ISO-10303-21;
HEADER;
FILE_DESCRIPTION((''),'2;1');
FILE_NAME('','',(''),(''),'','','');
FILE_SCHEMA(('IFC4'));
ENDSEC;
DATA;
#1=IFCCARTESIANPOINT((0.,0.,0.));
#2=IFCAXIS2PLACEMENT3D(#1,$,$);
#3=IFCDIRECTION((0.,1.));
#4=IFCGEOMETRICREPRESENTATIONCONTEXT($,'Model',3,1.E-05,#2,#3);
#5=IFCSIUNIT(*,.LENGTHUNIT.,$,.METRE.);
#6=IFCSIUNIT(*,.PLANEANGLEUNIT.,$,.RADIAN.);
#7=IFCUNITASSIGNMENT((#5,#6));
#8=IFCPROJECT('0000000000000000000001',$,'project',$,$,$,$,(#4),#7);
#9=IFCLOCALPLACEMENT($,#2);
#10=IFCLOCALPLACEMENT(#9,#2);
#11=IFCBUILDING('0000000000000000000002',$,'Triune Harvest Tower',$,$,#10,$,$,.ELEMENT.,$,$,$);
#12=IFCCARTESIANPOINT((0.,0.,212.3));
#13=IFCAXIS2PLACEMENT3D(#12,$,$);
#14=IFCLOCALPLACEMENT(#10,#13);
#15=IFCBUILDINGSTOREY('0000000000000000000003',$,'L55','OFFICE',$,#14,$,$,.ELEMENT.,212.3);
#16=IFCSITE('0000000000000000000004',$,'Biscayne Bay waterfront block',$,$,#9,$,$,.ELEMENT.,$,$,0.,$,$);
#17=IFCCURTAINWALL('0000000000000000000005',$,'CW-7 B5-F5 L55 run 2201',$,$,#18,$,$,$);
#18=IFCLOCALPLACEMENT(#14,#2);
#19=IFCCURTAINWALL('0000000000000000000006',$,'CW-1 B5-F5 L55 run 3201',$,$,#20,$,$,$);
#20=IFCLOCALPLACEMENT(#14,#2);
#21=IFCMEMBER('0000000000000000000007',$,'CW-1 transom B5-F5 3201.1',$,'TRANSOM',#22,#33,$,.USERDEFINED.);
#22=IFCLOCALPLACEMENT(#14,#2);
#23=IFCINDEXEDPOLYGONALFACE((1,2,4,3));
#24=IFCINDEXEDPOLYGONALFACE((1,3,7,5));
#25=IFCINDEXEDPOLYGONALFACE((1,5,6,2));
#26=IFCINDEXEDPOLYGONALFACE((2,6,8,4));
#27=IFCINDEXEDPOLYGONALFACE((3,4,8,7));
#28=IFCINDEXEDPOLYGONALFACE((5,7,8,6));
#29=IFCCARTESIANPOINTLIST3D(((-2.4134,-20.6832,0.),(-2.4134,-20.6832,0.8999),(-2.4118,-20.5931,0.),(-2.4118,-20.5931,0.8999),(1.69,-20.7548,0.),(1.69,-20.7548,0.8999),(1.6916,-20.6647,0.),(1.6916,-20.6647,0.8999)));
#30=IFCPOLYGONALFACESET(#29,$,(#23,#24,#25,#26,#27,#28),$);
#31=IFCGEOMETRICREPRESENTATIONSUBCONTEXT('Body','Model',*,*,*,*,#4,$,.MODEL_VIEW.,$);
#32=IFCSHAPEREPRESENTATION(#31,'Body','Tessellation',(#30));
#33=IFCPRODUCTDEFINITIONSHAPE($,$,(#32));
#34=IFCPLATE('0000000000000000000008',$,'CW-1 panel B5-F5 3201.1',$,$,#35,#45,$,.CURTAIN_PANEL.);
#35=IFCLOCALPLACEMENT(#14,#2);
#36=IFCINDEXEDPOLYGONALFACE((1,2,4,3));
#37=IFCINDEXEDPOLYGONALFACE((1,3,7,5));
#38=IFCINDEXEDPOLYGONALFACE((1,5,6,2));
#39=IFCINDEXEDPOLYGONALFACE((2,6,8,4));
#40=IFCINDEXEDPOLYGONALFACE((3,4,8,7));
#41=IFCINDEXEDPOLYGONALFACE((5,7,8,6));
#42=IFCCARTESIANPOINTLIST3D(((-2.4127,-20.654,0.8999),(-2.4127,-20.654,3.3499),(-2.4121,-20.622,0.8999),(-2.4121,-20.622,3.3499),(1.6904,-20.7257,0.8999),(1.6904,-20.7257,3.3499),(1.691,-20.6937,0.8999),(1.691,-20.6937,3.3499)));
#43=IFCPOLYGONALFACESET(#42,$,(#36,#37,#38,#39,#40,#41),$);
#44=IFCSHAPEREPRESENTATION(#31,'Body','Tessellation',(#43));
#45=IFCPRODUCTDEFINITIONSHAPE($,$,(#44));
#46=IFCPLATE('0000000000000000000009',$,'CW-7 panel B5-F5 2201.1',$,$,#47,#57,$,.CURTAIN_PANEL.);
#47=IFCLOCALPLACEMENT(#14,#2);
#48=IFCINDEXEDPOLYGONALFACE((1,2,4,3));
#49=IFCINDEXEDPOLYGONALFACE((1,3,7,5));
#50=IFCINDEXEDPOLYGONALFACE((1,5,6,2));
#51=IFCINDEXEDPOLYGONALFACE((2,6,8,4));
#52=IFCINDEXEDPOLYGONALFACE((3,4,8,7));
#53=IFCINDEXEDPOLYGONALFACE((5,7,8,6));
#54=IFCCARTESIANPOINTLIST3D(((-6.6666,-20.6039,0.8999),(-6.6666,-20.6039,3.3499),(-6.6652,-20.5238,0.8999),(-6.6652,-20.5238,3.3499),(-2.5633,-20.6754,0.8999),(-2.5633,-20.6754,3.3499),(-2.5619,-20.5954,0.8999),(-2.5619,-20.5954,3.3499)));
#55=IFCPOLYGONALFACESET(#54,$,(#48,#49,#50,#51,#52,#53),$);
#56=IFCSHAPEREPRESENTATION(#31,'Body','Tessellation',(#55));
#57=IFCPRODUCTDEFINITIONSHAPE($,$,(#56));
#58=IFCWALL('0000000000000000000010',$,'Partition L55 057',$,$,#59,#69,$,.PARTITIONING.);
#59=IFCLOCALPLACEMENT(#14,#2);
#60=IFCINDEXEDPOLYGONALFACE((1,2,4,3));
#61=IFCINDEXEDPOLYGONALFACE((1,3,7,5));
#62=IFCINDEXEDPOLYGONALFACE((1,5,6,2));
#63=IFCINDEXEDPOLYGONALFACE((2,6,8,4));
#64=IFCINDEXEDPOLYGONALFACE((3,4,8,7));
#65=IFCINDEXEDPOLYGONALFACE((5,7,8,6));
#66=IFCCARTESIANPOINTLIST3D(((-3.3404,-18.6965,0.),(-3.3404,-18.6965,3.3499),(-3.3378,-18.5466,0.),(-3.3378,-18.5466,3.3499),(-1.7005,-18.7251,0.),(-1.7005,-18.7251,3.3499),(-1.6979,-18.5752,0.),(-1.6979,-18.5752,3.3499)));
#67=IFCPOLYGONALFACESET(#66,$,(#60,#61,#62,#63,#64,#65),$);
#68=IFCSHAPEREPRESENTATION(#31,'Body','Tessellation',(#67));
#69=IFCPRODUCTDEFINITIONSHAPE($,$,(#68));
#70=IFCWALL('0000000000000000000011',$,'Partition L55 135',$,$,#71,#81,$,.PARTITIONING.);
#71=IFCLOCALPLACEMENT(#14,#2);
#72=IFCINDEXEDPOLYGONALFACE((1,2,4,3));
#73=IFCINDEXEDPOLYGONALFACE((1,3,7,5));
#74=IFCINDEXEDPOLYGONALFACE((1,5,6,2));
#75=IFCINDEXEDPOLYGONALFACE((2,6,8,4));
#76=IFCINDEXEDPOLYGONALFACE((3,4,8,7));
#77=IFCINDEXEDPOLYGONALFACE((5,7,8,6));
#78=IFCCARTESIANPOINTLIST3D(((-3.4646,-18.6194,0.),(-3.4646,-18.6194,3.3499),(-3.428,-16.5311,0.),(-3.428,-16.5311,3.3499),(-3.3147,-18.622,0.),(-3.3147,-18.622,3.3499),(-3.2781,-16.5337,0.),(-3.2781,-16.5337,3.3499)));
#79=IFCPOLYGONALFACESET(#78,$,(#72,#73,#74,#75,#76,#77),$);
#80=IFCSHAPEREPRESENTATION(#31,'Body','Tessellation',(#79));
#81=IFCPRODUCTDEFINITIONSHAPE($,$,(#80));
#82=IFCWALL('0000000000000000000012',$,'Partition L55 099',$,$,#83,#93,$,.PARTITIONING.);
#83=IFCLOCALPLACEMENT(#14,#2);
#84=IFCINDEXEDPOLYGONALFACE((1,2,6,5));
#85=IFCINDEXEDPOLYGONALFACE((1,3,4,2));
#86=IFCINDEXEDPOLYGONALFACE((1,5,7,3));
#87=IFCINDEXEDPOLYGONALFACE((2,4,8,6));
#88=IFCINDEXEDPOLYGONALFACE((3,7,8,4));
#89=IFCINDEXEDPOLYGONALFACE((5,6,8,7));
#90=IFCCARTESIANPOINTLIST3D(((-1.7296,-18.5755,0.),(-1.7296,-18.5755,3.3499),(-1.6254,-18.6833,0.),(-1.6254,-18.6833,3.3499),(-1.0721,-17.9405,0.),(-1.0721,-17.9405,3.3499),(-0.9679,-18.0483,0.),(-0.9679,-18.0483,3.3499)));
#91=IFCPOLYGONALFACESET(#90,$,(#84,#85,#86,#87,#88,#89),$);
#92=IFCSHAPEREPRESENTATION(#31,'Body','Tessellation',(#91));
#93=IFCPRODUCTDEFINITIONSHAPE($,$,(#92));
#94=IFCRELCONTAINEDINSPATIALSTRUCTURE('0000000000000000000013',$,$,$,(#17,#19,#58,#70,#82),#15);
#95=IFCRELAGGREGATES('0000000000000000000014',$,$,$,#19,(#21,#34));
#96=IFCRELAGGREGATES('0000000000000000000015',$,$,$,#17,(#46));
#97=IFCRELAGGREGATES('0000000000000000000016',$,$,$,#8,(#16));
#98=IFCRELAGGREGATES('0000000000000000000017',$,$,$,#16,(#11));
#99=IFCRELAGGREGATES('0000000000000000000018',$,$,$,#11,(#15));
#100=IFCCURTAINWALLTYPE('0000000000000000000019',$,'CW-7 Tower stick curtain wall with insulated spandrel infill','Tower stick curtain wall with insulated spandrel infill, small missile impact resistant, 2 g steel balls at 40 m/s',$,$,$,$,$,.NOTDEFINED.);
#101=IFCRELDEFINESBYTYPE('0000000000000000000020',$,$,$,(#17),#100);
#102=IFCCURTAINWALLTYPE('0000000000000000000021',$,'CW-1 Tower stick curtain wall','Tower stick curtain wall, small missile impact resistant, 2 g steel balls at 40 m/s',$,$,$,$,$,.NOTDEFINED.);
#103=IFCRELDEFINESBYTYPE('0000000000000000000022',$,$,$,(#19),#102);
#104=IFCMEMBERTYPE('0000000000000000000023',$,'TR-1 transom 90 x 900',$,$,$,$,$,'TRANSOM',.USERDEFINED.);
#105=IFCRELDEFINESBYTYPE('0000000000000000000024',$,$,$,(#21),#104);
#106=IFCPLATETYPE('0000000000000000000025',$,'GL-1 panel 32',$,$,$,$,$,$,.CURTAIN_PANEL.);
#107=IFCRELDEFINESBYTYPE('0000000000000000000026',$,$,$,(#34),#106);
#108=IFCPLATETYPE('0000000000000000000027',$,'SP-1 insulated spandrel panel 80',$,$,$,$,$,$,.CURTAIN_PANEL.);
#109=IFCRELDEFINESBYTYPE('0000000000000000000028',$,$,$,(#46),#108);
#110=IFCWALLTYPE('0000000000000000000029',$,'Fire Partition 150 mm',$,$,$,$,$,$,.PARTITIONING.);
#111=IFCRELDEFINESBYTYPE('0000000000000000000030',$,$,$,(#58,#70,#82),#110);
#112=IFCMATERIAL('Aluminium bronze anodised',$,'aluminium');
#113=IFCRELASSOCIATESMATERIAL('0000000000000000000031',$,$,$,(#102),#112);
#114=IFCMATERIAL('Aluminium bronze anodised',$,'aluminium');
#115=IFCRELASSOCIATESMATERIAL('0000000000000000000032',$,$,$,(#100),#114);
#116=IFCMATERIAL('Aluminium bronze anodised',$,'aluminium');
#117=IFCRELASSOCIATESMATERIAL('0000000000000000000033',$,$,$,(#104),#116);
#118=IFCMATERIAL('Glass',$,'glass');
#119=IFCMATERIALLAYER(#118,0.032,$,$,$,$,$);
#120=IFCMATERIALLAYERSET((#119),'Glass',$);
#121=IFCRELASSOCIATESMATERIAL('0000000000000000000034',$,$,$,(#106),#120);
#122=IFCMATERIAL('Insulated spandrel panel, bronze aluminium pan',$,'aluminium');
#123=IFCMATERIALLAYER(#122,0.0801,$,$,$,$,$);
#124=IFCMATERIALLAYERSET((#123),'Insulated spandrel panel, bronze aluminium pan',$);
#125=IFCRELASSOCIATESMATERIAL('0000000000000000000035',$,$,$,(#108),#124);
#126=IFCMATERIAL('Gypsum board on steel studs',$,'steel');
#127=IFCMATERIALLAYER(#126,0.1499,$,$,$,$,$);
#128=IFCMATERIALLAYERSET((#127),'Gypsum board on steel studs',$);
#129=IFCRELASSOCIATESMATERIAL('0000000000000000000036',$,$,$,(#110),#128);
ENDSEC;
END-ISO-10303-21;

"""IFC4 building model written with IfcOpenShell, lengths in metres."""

from ifc_helpers import new_model, si_unit, direction, frame, frame_2d, origin, origin_2d, place, context, subcontext, project, spatial, rectangle, extrude, source, transform, mapped, material, layer, layer_set, material_profile, profile_set, type_object, element, aggregate, save


model = new_model("IFC4")

# Units and contexts
model_context = context("Model", 3, precision=1e-05, world=origin(), true_north=direction((0.0, 1.0)))
body_context = subcontext(model_context, "Body", "Model", "MODEL_VIEW")
ifc_project = project(units=[si_unit("LENGTHUNIT", "METRE"), si_unit("PLANEANGLEUNIT", "RADIAN")], contexts=[model_context])

# Site, building, storey
site_placement = place(None, origin())
site = spatial("IfcSite", under=ifc_project, at=site_placement, Name="Biscayne Bay waterfront block", CompositionType="ELEMENT", RefElevation=0.0)
building_placement = place(site_placement, origin())
building = spatial("IfcBuilding", under=site, at=building_placement, Name="Triune Harvest Tower", CompositionType="ELEMENT")
storey_placement = place(building_placement, frame((0.0, 0.0, 212.3)))
storey = spatial("IfcBuildingStorey", under=building, at=storey_placement, Name="L55", Description="OFFICE", CompositionType="ELEMENT", Elevation=212.3)

# Shared definitions
ifc_material_1 = material(Name="Aluminium bronze anodised", Category="aluminium")
curtain_wall_type_1 = type_object("IfcCurtainWallType", Name="CW-1 Tower stick curtain wall", Description="Tower stick curtain wall, small missile impact resistant, 2 g steel balls at 40 m/s", PredefinedType="NOTDEFINED", material=ifc_material_1)

# Curtain wall
ifc_material_2 = material(Name="Aluminium bronze anodised", Category="aluminium")
curtain_wall_type_2 = type_object("IfcCurtainWallType", Name="CW-7 Tower stick curtain wall with insulated spandrel infill", Description="Tower stick curtain wall with insulated spandrel infill, small missile impact resistant, 2 g steel balls at 40 m/s", PredefinedType="NOTDEFINED", material=ifc_material_2)
curtain_wall_1_placement = place(storey_placement, origin())
curtain_wall_1 = element("IfcCurtainWall", 1, at=curtain_wall_1_placement, inside=storey, type_object=curtain_wall_type_2, Name="CW-7 B5-F5 L55 run 2201")

# Curtain wall
curtain_wall_2_placement = place(storey_placement, origin())
curtain_wall_2 = element("IfcCurtainWall", 2, at=curtain_wall_2_placement, inside=storey, type_object=curtain_wall_type_1, Name="CW-1 B5-F5 L55 run 3201")

# Member
ifc_material_3 = material(Name="Aluminium bronze anodised", Category="aluminium")
ifc_material_profile_1 = material_profile(ifc_material_3, rectangle(XDim=0.0901, YDim=0.8999, at=origin_2d()), Name="TR-1 transom 90 x 900")
ifc_profile_set_1 = profile_set([ifc_material_profile_1], Name="Aluminium bronze anodised")
member_type_1 = type_object("IfcMemberType", Name="TR-1 transom 90 x 900", ElementType="TRANSOM", PredefinedType="USERDEFINED", material=ifc_profile_set_1)
shared_shape_1 = source(origin(), body_context, "Body", "SweptSolid", [
    extrude(rectangle(XDim=0.0901, YDim=0.8999, at=origin_2d()), origin(), (0.0, 0.0, 1.0), 4.104),
])
member_1_placement = place(storey_placement, frame((-2.4126, -20.6382, 0.45), z_axis=(0.999848, -0.017431, 0.0), x_axis=(0.017431, 0.999848, 0.0)))
member_1 = element("IfcMember", 3, at=member_1_placement, type_object=member_type_1, Name="CW-1 transom B5-F5 3201.1", ObjectType="TRANSOM", PredefinedType="USERDEFINED", context=body_context, shape_type="MappedRepresentation", body=[
    mapped(shared_shape_1, transform((0.0, 0.0, 0.0), scale=1.0)),
])

# Plates
ifc_material_4 = material(Name="Glass", Category="glass")
ifc_layer_1 = layer(ifc_material_4, 0.032)
ifc_layer_set_1 = layer_set([ifc_layer_1], Name="Glass")
plate_type_1 = type_object("IfcPlateType", Name="GL-1 panel 32", PredefinedType="CURTAIN_PANEL", material=ifc_layer_set_1)
plate_1_placement = place(storey_placement, frame((-0.3608, -20.6738, 0.8999), z_axis=(0.0, 0.0, 1.0), x_axis=(0.999847, -0.017467, 0.0)))
plate_1 = element("IfcPlate", 4, at=plate_1_placement, type_object=plate_type_1, Name="CW-1 panel B5-F5 3201.1", PredefinedType="CURTAIN_PANEL", context=body_context, shape_type="SweptSolid", body=[
    extrude(rectangle(XDim=4.1038, YDim=0.032, at=origin_2d()), origin(), (0.0, 0.0, 1.0), 2.45),
])
aggregate(curtain_wall_2, [member_1, plate_1])
ifc_material_5 = material(Name="Insulated spandrel panel, bronze aluminium pan", Category="aluminium")
ifc_layer_2 = layer(ifc_material_5, 0.0801)
ifc_layer_set_2 = layer_set([ifc_layer_2], Name="Insulated spandrel panel, bronze aluminium pan")
plate_type_2 = type_object("IfcPlateType", Name="SP-1 insulated spandrel panel 80", PredefinedType="CURTAIN_PANEL", material=ifc_layer_set_2)
shared_shape_2 = source(origin(), body_context, "Body", "SweptSolid", [
    extrude(rectangle(XDim=4.104, YDim=0.0801, at=origin_2d()), origin(), (0.0, 0.0, 1.0), 2.45),
])
plate_2_placement = place(storey_placement, frame((-4.6143, -20.5996, 0.8999), z_axis=(0.0, 0.0, 1.0), x_axis=(0.999848, -0.017443, 0.0)))
plate_2 = element("IfcPlate", 5, at=plate_2_placement, type_object=plate_type_2, Name="CW-7 panel B5-F5 2201.1", PredefinedType="CURTAIN_PANEL", context=body_context, shape_type="MappedRepresentation", body=[
    mapped(shared_shape_2, transform((0.0, 0.0, 0.0), scale=1.0)),
])
aggregate(curtain_wall_1, [plate_2])

# Walls
ifc_material_6 = material(Name="Gypsum board on steel studs", Category="steel")
ifc_layer_3 = layer(ifc_material_6, 0.1499)
ifc_layer_set_3 = layer_set([ifc_layer_3], Name="Gypsum board on steel studs")
wall_type = type_object("IfcWallType", Name="Fire Partition 150 mm", PredefinedType="PARTITIONING", material=ifc_layer_set_3)
wall_1_placement = place(storey_placement, frame((-3.3391, -18.6216, 0.0), z_axis=(0.0, 0.0, 1.0), x_axis=(0.999848, -0.017416, 0.0)))
element("IfcWall", 6, at=wall_1_placement, inside=storey, type_object=wall_type, Name="Partition L55 057", PredefinedType="PARTITIONING", context=body_context, shape_type="SweptSolid", body=[
    extrude(rectangle(XDim=1.6401, YDim=0.1499, at=frame_2d((0.8201, 0.0))), origin(), (0.0, 0.0, 1.0), 3.3499),
])
wall_2_placement = place(storey_placement, frame((-3.3896, -18.6208, 0.0), z_axis=(0.0, 0.0, 1.0), x_axis=(0.017533, 0.999846, 0.0)))
element("IfcWall", 7, at=wall_2_placement, inside=storey, type_object=wall_type, Name="Partition L55 135", PredefinedType="PARTITIONING", context=body_context, shape_type="SweptSolid", body=[
    extrude(rectangle(XDim=2.0886, YDim=0.1499, at=frame_2d((1.0444, 0.0))), origin(), (0.0, 0.0, 1.0), 3.3499),
])
shared_shape_3 = source(origin(), body_context, "Body", "SweptSolid", [
    extrude(rectangle(XDim=0.9141, YDim=0.1499, at=frame_2d((0.457, 0.0))), origin(), (0.0, 0.0, 1.0), 3.3499),
])
wall_3_placement = place(storey_placement, frame((-1.6775, -18.6294, 0.0), z_axis=(0.0, 0.0, 1.0), x_axis=(0.719286, 0.694714, 0.0)))
element("IfcWall", 8, at=wall_3_placement, inside=storey, type_object=wall_type, Name="Partition L55 099", PredefinedType="PARTITIONING", context=body_context, shape_type="MappedRepresentation", body=[
    mapped(shared_shape_3, transform((0.0, 0.0, 0.0), scale=1.0)),
])

save(model, "model.ifc")
